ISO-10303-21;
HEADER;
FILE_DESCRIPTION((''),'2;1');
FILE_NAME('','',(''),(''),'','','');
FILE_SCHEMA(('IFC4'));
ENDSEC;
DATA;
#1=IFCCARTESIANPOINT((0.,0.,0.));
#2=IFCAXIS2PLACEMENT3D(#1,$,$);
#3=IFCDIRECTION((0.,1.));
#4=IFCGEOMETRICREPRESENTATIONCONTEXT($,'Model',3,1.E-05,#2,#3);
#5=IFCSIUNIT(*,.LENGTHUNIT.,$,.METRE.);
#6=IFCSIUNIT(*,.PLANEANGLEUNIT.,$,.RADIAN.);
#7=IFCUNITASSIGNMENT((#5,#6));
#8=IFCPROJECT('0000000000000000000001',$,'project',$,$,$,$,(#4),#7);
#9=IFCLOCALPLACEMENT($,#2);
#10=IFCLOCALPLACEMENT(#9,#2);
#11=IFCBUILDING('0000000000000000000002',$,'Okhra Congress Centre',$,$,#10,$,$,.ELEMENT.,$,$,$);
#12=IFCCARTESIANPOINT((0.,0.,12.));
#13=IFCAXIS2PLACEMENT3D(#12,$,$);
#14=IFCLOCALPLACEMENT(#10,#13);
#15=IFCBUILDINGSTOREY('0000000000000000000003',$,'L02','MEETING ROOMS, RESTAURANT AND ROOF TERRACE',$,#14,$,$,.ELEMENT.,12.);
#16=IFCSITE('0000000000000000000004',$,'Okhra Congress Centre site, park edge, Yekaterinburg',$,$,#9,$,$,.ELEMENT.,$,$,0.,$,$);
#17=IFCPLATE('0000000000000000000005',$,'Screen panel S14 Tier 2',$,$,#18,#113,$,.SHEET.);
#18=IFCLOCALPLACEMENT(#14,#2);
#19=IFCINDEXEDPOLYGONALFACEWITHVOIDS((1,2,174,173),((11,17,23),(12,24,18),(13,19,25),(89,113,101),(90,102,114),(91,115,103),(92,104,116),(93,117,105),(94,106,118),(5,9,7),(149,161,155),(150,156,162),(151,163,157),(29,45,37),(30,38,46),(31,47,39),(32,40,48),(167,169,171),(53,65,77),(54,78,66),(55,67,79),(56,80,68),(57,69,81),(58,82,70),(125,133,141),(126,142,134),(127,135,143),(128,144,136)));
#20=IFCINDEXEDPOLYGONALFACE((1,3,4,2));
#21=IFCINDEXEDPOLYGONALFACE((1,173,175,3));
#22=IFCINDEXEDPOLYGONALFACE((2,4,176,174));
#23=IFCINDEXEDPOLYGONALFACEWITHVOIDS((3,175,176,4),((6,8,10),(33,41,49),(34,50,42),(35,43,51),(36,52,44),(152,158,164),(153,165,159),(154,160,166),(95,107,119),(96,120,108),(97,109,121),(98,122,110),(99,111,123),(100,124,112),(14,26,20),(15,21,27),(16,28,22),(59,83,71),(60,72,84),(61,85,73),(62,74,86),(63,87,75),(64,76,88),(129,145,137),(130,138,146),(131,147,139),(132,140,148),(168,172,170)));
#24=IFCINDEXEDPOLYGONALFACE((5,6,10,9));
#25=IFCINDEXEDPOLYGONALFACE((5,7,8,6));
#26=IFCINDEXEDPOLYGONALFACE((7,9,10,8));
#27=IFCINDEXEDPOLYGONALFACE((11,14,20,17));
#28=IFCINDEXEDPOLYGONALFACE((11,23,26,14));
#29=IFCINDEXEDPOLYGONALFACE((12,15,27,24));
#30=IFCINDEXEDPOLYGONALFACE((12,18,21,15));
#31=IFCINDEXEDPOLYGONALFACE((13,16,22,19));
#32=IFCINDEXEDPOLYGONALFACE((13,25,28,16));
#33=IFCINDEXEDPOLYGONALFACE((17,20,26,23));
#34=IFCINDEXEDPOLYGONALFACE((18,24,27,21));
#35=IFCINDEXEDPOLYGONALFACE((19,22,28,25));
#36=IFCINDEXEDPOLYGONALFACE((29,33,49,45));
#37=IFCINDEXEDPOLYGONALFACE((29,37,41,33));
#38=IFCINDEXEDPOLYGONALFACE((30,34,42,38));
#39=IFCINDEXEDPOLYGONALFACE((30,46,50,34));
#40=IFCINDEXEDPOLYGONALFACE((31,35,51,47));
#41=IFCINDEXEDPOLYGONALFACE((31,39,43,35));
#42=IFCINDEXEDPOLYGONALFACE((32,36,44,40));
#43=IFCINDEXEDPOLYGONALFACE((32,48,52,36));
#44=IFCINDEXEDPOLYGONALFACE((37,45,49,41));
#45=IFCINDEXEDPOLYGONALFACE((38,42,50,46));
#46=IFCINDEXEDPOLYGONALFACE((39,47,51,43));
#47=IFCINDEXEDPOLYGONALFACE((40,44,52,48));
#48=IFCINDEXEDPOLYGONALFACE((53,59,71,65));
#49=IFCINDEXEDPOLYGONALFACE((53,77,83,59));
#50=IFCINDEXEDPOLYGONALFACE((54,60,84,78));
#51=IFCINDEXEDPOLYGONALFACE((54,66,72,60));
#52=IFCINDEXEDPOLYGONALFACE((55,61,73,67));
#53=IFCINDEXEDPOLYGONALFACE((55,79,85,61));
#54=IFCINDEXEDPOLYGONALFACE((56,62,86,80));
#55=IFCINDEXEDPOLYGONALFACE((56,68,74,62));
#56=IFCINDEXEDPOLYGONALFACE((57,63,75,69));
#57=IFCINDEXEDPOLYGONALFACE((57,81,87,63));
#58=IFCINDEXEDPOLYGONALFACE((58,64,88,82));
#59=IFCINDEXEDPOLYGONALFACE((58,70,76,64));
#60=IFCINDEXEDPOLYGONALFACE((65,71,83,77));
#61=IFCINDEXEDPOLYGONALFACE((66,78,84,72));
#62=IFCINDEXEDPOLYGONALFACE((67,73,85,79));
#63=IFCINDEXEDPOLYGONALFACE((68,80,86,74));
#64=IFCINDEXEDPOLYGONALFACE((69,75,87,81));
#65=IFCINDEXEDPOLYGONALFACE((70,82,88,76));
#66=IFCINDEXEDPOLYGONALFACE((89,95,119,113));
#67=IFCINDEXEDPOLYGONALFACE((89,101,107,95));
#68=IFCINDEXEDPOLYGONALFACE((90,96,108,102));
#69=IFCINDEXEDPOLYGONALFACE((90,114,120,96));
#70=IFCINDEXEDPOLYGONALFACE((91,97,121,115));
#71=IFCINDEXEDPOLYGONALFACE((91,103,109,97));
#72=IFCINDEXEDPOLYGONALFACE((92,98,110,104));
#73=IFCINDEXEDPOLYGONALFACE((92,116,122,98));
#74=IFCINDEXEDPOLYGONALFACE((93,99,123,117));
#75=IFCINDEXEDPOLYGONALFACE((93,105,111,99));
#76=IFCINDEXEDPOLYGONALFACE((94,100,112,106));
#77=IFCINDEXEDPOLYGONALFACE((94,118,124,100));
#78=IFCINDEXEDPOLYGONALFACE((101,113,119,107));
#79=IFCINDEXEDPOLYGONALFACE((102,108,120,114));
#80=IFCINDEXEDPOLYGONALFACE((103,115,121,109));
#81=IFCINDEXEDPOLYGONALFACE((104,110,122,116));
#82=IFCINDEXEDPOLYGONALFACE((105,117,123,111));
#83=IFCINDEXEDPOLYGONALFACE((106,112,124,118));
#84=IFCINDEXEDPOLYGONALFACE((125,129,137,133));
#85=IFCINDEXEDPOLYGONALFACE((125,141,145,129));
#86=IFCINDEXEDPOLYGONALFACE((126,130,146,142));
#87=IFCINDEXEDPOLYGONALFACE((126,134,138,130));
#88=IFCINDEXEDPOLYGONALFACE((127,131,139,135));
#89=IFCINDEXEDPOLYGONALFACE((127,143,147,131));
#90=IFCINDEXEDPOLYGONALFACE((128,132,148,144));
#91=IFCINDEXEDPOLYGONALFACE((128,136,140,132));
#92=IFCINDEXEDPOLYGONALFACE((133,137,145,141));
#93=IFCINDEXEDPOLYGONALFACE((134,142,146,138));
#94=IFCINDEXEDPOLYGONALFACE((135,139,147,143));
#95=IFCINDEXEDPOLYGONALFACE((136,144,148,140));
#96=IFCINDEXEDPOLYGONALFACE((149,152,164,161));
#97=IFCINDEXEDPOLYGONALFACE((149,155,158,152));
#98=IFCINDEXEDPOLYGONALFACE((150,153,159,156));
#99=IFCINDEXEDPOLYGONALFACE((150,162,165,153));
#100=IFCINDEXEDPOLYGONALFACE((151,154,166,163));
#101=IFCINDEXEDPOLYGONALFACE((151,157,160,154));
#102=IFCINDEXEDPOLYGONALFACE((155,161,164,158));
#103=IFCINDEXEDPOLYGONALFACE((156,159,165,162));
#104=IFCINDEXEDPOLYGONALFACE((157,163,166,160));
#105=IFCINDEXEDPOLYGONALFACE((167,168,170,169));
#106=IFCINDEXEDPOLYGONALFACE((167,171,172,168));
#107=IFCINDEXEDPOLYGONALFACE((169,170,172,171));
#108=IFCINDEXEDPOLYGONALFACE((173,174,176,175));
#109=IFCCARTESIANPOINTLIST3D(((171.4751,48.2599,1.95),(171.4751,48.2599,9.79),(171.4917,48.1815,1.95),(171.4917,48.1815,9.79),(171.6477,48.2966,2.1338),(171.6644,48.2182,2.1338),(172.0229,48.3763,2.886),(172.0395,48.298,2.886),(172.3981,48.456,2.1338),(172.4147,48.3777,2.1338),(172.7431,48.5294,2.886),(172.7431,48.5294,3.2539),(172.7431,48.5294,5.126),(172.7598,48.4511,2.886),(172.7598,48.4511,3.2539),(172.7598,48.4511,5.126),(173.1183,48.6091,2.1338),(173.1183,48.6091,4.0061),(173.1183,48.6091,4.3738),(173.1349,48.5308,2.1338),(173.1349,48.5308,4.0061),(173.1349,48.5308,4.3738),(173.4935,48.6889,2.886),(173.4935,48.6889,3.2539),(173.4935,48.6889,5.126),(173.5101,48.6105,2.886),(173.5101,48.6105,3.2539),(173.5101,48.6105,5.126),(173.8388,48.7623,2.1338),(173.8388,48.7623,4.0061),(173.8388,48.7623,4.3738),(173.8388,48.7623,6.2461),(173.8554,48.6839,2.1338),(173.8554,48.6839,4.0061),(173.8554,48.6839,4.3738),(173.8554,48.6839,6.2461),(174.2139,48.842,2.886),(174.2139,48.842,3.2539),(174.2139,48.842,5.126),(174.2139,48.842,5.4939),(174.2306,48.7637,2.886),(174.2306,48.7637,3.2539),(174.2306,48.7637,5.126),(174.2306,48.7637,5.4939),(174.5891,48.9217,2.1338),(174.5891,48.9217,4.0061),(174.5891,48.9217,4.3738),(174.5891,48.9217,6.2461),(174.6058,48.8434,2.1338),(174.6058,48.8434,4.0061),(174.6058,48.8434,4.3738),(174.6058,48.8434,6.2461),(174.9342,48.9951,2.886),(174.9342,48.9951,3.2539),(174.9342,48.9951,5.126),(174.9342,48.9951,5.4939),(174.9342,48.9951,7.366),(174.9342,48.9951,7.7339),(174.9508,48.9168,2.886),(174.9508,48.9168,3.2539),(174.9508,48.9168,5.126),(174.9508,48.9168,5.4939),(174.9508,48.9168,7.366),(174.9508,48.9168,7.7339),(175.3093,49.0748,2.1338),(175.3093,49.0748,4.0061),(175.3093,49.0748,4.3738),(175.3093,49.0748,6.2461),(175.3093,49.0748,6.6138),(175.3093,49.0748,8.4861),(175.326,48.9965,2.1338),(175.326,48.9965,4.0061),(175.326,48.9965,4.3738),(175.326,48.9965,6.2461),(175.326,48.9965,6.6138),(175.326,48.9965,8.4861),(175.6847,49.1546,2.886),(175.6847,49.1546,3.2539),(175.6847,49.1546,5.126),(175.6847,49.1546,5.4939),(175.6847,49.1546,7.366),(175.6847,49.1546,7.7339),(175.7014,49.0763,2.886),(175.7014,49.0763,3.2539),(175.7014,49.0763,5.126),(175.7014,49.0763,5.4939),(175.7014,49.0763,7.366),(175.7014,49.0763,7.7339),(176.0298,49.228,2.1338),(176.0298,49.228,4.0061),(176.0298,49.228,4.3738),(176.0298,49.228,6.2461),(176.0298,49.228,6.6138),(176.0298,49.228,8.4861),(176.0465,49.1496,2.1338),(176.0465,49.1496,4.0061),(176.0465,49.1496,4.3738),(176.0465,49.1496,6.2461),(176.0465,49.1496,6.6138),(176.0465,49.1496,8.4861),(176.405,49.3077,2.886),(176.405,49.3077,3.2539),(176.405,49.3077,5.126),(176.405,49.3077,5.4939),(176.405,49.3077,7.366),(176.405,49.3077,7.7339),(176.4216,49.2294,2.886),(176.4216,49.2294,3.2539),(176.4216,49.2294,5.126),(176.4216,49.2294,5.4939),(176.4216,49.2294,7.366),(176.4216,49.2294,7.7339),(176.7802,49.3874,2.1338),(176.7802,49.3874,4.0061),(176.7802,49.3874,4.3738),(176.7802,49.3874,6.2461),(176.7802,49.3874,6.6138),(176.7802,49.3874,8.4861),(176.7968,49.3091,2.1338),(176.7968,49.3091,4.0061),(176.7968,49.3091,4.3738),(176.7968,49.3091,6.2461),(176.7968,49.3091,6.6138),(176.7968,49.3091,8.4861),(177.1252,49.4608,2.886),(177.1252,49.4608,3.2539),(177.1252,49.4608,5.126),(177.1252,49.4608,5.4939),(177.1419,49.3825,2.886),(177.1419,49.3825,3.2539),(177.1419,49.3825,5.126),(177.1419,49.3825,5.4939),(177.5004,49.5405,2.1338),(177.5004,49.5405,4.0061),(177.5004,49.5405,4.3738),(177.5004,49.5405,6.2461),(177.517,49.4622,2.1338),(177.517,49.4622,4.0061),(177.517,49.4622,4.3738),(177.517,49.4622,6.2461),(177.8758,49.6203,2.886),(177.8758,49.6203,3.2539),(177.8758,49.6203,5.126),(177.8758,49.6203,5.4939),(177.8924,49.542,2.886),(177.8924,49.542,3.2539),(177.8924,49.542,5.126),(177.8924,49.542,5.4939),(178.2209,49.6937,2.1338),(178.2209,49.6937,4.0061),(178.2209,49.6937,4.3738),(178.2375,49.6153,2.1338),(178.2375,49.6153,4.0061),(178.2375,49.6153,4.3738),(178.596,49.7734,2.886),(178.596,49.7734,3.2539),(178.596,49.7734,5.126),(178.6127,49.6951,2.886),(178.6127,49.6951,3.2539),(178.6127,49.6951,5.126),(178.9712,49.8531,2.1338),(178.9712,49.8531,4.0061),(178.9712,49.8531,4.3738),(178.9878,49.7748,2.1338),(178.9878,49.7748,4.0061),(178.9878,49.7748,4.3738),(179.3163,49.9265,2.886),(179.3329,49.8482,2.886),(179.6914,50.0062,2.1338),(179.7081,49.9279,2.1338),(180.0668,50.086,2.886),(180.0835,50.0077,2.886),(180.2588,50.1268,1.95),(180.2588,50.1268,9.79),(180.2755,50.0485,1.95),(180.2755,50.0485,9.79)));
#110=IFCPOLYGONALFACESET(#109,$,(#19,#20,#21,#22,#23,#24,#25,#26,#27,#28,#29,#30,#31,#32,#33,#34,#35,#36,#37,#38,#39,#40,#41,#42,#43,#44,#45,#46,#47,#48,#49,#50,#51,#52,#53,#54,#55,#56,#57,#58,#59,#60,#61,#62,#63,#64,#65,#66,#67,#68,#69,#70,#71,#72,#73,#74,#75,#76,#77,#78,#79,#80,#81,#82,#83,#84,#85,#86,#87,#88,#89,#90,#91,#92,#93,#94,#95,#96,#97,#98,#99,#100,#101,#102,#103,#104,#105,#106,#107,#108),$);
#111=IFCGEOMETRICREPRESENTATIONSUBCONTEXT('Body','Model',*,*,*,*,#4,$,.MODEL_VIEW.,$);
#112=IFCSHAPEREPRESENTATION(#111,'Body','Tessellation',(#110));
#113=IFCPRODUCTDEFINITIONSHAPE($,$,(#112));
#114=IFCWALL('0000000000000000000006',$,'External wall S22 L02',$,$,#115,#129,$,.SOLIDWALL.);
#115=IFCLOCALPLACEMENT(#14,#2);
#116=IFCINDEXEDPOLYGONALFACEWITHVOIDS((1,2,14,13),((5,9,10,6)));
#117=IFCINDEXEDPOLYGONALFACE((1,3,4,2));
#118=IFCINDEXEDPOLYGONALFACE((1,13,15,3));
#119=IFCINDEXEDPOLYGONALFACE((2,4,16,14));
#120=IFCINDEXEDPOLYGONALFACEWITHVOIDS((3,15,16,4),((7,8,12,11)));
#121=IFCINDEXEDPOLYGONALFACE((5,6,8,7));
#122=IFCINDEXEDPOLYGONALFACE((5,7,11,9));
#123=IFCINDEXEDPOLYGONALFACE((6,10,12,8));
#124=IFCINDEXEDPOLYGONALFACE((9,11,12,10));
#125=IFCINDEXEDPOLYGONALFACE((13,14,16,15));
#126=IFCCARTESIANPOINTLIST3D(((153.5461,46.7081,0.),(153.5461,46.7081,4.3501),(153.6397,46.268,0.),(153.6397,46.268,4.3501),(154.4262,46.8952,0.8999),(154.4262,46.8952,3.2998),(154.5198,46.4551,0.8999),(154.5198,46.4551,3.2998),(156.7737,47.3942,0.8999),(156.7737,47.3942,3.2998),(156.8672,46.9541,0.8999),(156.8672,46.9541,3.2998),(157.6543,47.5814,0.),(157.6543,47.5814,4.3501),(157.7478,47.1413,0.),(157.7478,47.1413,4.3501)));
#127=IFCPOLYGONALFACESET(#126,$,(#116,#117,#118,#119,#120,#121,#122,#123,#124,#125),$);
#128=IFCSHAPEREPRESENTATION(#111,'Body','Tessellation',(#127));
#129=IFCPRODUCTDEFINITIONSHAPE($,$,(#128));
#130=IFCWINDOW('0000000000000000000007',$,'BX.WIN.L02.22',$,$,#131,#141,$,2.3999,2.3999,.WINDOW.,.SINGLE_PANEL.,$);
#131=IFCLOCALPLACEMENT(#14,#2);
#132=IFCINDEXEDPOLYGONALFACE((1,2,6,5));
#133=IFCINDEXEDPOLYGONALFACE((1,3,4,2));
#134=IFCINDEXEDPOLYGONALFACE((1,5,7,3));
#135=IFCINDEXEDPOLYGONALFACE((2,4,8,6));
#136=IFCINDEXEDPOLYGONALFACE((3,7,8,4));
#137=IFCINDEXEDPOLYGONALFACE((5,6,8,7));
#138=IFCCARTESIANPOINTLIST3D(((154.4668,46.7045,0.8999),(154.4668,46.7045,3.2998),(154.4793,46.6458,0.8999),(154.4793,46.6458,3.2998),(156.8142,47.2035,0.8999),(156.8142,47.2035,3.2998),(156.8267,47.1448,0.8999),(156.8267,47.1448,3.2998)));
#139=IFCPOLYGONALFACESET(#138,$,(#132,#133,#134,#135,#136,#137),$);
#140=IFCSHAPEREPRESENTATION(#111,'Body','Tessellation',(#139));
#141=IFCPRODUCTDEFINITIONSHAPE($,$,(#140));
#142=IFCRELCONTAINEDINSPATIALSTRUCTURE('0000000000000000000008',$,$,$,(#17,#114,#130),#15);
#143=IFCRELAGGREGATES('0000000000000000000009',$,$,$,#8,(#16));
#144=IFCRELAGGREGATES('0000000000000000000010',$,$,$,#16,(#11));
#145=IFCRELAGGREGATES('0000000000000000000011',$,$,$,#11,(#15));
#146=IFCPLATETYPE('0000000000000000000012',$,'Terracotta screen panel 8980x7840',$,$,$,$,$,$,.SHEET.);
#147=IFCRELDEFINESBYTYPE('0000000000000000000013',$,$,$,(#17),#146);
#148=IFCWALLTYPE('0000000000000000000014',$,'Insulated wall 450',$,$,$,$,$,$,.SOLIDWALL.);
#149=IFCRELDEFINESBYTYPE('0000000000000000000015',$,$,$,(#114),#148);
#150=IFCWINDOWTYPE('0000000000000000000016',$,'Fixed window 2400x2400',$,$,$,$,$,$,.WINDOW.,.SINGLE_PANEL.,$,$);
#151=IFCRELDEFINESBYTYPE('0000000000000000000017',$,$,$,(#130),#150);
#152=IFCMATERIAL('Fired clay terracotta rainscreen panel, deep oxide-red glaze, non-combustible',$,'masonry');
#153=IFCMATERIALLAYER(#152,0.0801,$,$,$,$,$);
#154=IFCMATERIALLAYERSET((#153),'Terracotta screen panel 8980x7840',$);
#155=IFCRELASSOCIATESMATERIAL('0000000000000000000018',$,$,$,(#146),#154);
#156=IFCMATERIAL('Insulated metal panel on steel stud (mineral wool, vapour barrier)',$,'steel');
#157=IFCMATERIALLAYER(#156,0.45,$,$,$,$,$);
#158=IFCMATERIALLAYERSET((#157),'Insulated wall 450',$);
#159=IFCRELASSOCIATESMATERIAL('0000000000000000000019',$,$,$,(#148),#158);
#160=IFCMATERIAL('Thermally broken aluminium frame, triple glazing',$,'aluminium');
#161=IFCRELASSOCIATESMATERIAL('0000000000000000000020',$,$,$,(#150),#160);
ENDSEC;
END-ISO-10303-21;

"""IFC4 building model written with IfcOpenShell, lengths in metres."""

from ifc_helpers import new_model, si_unit, direction, frame, frame_2d, origin, place, context, subcontext, project, spatial, polyline, rectangle, outline, extrude, material, layer, layer_set, type_object, element, fill, save


model = new_model("IFC4")

# Units and contexts
model_context = context("Model", 3, precision=1e-05, world=origin(), true_north=direction((0.0, 1.0)))
body_context = subcontext(model_context, "Body", "Model", "MODEL_VIEW")
ifc_project = project(units=[si_unit("LENGTHUNIT", "METRE"), si_unit("PLANEANGLEUNIT", "RADIAN")], contexts=[model_context])

# Site, building, storey
site_placement = place(None, origin())
site = spatial("IfcSite", under=ifc_project, at=site_placement, Name="Okhra Congress Centre site, park edge, Yekaterinburg", CompositionType="ELEMENT", RefElevation=0.0)
building_placement = place(site_placement, origin())
building = spatial("IfcBuilding", under=site, at=building_placement, Name="Okhra Congress Centre", CompositionType="ELEMENT")
storey_placement = place(building_placement, frame((0.0, 0.0, 12.0)))
storey = spatial("IfcBuildingStorey", under=building, at=storey_placement, Name="L02", Description="MEETING ROOMS, RESTAURANT AND ROOF TERRACE", CompositionType="ELEMENT", Elevation=12.0)

# Plate
ifc_material_1 = material(Name="Fired clay terracotta rainscreen panel, deep oxide-red glaze, non-combustible", Category="masonry")
ifc_layer_1 = layer(ifc_material_1, 0.0801)
ifc_layer_set_1 = layer_set([ifc_layer_1], Name="Terracotta screen panel 8980x7840")
plate_type = type_object("IfcPlateType", Name="Terracotta screen panel 8980x7840", PredefinedType="SHEET", material=ifc_layer_set_1)
plate_1_placement = place(storey_placement, frame((171.4834, 48.2207, 1.95), z_axis=(0.0, 0.0, 1.0), x_axis=(0.97815, 0.207902, 0.0)))
element("IfcPlate", 1, at=plate_1_placement, inside=storey, type_object=plate_type, Name="Screen panel S14 Tier 2", PredefinedType="SHEET", context=body_context, shape_type="SweptSolid", body=[
    extrude(outline(polyline([(0.0, 0.0), (8.98, 0.0), (8.98, 7.8401), (0.0, 7.8401), (0.0, 0.0)]), holes=[polyline([(0.1765, 0.1838), (0.9436, 0.1838), (0.5601, 0.936), (0.1765, 0.1838)]), polyline([(1.2964, 0.936), (1.6799, 0.1838), (2.0635, 0.936), (1.2964, 0.936)]), polyline([(2.4165, 0.1838), (3.1836, 0.1838), (2.8, 0.936), (2.4165, 0.1838)]), polyline([(3.5364, 0.936), (3.9199, 0.1838), (4.3037, 0.936), (3.5364, 0.936)]), polyline([(4.6565, 0.1838), (5.4236, 0.1838), (5.04, 0.936), (4.6565, 0.1838)]), polyline([(5.7764, 0.936), (6.1599, 0.1838), (6.5437, 0.936), (5.7764, 0.936)]), polyline([(6.8965, 0.1838), (7.6636, 0.1838), (7.28, 0.936), (6.8965, 0.1838)]), polyline([(8.0164, 0.936), (8.3999, 0.1838), (8.7837, 0.936), (8.0164, 0.936)]), polyline([(1.2964, 1.304), (2.0635, 1.304), (1.6799, 2.0562), (1.2964, 1.304)]), polyline([(2.4165, 2.0562), (2.8, 1.304), (3.1836, 2.0562), (2.4165, 2.0562)]), polyline([(3.5364, 1.304), (4.3037, 1.304), (3.9199, 2.0562), (3.5364, 1.304)]), polyline([(4.6565, 2.0562), (5.04, 1.304), (5.4236, 2.0562), (4.6565, 2.0562)]), polyline([(5.7764, 1.304), (6.5437, 1.304), (6.1599, 2.0562), (5.7764, 1.304)]), polyline([(6.8965, 2.0562), (7.28, 1.304), (7.6636, 2.0562), (6.8965, 2.0562)]), polyline([(1.2964, 3.176), (1.6799, 2.4238), (2.0635, 3.176), (1.2964, 3.176)]), polyline([(2.4165, 2.4238), (3.1836, 2.4238), (2.8, 3.176), (2.4165, 2.4238)]), polyline([(3.5364, 3.176), (3.9199, 2.4238), (4.3037, 3.176), (3.5364, 3.176)]), polyline([(4.6565, 2.4238), (5.4236, 2.4238), (5.04, 3.176), (4.6565, 2.4238)]), polyline([(5.7764, 3.176), (6.1599, 2.4238), (6.5437, 3.176), (5.7764, 3.176)]), polyline([(6.8965, 2.4238), (7.6636, 2.4238), (7.28, 3.176), (6.8965, 2.4238)]), polyline([(2.4165, 4.2961), (2.8, 3.5439), (3.1836, 4.2961), (2.4165, 4.2961)]), polyline([(3.5364, 3.5439), (4.3037, 3.5439), (3.9199, 4.2961), (3.5364, 3.5439)]), polyline([(4.6565, 4.2961), (5.04, 3.5439), (5.4236, 4.2961), (4.6565, 4.2961)]), polyline([(5.7764, 3.5439), (6.5437, 3.5439), (6.1599, 4.2961), (5.7764, 3.5439)]), polyline([(3.5364, 5.416), (3.9199, 4.6638), (4.3037, 5.416), (3.5364, 5.416)]), polyline([(4.6565, 4.6638), (5.4236, 4.6638), (5.04, 5.416), (4.6565, 4.6638)]), polyline([(3.5364, 5.7839), (4.3037, 5.7839), (3.9199, 6.5361), (3.5364, 5.7839)]), polyline([(4.6565, 6.5361), (5.04, 5.7839), (5.4236, 6.5361), (4.6565, 6.5361)])]), frame((0.0, 0.04, 0.0), z_axis=(0.0, -1.0, 0.0), x_axis=(1.0, 0.0, 0.0)), (0.0, 0.0, 1.0), 0.0801),
])

# Wall, opening, window
ifc_material_2 = material(Name="Insulated metal panel on steel stud (mineral wool, vapour barrier)", Category="steel")
ifc_layer_2 = layer(ifc_material_2, 0.45)
ifc_layer_set_2 = layer_set([ifc_layer_2], Name="Insulated wall 450")
wall_type_1 = type_object("IfcWallType", Name="Insulated wall 450", PredefinedType="SOLIDWALL", material=ifc_layer_set_2)
wall_1_placement = place(storey_placement, frame((153.5928, 46.488, 0.0), z_axis=(0.0, 0.0, 1.0), x_axis=(0.978144, 0.207929, 0.0)))
wall_1 = element("IfcWall", 2, at=wall_1_placement, inside=storey, type_object=wall_type_1, Name="External wall S22 L02", PredefinedType="SOLIDWALL", context=body_context, shape_type="SweptSolid", body=[
    extrude(rectangle(XDim=4.2, YDim=0.45, at=frame_2d((2.1001, 0.0))), origin(), (0.0, 0.0, 1.0), 4.3501),
])
opening_1_placement = place(wall_1_placement, frame((0.8999, 0.0, 0.8999)))
opening_1 = element("IfcOpeningElement", 3, at=opening_1_placement, cuts=wall_1, PredefinedType="OPENING", context=body_context, shape_type="SweptSolid", body=[
    extrude(rectangle(XDim=2.3999, YDim=2.3999, at=frame_2d((1.2, 1.2))), frame((0.0, 0.2349, 0.0), z_axis=(0.0, -1.0, 0.0), x_axis=(1.0, 0.0, 0.0)), (0.0, 0.0, 1.0), 0.47),
])
ifc_material_3 = material(Name="Thermally broken aluminium frame, triple glazing", Category="aluminium")
window_type_1 = type_object("IfcWindowType", Name="Fixed window 2400x2400", PartitioningType="SINGLE_PANEL", PredefinedType="WINDOW", material=ifc_material_3)
window_1_placement = place(opening_1_placement, origin())
window_1 = element("IfcWindow", 4, at=window_1_placement, inside=storey, type_object=window_type_1, Name="BX.WIN.L02.22", OverallHeight=2.3999, OverallWidth=2.3999, PartitioningType="SINGLE_PANEL", PredefinedType="WINDOW", context=body_context, shape_type="SweptSolid", body=[
    extrude(rectangle(XDim=2.3999, YDim=2.3999, at=frame_2d((1.2, 1.2))), frame((0.0, 0.03, 0.0), z_axis=(0.0, -1.0, 0.0), x_axis=(1.0, 0.0, 0.0)), (0.0, 0.0, 1.0), 0.0601),
])
fill(opening_1, window_1)

save(model, "model.ifc")
